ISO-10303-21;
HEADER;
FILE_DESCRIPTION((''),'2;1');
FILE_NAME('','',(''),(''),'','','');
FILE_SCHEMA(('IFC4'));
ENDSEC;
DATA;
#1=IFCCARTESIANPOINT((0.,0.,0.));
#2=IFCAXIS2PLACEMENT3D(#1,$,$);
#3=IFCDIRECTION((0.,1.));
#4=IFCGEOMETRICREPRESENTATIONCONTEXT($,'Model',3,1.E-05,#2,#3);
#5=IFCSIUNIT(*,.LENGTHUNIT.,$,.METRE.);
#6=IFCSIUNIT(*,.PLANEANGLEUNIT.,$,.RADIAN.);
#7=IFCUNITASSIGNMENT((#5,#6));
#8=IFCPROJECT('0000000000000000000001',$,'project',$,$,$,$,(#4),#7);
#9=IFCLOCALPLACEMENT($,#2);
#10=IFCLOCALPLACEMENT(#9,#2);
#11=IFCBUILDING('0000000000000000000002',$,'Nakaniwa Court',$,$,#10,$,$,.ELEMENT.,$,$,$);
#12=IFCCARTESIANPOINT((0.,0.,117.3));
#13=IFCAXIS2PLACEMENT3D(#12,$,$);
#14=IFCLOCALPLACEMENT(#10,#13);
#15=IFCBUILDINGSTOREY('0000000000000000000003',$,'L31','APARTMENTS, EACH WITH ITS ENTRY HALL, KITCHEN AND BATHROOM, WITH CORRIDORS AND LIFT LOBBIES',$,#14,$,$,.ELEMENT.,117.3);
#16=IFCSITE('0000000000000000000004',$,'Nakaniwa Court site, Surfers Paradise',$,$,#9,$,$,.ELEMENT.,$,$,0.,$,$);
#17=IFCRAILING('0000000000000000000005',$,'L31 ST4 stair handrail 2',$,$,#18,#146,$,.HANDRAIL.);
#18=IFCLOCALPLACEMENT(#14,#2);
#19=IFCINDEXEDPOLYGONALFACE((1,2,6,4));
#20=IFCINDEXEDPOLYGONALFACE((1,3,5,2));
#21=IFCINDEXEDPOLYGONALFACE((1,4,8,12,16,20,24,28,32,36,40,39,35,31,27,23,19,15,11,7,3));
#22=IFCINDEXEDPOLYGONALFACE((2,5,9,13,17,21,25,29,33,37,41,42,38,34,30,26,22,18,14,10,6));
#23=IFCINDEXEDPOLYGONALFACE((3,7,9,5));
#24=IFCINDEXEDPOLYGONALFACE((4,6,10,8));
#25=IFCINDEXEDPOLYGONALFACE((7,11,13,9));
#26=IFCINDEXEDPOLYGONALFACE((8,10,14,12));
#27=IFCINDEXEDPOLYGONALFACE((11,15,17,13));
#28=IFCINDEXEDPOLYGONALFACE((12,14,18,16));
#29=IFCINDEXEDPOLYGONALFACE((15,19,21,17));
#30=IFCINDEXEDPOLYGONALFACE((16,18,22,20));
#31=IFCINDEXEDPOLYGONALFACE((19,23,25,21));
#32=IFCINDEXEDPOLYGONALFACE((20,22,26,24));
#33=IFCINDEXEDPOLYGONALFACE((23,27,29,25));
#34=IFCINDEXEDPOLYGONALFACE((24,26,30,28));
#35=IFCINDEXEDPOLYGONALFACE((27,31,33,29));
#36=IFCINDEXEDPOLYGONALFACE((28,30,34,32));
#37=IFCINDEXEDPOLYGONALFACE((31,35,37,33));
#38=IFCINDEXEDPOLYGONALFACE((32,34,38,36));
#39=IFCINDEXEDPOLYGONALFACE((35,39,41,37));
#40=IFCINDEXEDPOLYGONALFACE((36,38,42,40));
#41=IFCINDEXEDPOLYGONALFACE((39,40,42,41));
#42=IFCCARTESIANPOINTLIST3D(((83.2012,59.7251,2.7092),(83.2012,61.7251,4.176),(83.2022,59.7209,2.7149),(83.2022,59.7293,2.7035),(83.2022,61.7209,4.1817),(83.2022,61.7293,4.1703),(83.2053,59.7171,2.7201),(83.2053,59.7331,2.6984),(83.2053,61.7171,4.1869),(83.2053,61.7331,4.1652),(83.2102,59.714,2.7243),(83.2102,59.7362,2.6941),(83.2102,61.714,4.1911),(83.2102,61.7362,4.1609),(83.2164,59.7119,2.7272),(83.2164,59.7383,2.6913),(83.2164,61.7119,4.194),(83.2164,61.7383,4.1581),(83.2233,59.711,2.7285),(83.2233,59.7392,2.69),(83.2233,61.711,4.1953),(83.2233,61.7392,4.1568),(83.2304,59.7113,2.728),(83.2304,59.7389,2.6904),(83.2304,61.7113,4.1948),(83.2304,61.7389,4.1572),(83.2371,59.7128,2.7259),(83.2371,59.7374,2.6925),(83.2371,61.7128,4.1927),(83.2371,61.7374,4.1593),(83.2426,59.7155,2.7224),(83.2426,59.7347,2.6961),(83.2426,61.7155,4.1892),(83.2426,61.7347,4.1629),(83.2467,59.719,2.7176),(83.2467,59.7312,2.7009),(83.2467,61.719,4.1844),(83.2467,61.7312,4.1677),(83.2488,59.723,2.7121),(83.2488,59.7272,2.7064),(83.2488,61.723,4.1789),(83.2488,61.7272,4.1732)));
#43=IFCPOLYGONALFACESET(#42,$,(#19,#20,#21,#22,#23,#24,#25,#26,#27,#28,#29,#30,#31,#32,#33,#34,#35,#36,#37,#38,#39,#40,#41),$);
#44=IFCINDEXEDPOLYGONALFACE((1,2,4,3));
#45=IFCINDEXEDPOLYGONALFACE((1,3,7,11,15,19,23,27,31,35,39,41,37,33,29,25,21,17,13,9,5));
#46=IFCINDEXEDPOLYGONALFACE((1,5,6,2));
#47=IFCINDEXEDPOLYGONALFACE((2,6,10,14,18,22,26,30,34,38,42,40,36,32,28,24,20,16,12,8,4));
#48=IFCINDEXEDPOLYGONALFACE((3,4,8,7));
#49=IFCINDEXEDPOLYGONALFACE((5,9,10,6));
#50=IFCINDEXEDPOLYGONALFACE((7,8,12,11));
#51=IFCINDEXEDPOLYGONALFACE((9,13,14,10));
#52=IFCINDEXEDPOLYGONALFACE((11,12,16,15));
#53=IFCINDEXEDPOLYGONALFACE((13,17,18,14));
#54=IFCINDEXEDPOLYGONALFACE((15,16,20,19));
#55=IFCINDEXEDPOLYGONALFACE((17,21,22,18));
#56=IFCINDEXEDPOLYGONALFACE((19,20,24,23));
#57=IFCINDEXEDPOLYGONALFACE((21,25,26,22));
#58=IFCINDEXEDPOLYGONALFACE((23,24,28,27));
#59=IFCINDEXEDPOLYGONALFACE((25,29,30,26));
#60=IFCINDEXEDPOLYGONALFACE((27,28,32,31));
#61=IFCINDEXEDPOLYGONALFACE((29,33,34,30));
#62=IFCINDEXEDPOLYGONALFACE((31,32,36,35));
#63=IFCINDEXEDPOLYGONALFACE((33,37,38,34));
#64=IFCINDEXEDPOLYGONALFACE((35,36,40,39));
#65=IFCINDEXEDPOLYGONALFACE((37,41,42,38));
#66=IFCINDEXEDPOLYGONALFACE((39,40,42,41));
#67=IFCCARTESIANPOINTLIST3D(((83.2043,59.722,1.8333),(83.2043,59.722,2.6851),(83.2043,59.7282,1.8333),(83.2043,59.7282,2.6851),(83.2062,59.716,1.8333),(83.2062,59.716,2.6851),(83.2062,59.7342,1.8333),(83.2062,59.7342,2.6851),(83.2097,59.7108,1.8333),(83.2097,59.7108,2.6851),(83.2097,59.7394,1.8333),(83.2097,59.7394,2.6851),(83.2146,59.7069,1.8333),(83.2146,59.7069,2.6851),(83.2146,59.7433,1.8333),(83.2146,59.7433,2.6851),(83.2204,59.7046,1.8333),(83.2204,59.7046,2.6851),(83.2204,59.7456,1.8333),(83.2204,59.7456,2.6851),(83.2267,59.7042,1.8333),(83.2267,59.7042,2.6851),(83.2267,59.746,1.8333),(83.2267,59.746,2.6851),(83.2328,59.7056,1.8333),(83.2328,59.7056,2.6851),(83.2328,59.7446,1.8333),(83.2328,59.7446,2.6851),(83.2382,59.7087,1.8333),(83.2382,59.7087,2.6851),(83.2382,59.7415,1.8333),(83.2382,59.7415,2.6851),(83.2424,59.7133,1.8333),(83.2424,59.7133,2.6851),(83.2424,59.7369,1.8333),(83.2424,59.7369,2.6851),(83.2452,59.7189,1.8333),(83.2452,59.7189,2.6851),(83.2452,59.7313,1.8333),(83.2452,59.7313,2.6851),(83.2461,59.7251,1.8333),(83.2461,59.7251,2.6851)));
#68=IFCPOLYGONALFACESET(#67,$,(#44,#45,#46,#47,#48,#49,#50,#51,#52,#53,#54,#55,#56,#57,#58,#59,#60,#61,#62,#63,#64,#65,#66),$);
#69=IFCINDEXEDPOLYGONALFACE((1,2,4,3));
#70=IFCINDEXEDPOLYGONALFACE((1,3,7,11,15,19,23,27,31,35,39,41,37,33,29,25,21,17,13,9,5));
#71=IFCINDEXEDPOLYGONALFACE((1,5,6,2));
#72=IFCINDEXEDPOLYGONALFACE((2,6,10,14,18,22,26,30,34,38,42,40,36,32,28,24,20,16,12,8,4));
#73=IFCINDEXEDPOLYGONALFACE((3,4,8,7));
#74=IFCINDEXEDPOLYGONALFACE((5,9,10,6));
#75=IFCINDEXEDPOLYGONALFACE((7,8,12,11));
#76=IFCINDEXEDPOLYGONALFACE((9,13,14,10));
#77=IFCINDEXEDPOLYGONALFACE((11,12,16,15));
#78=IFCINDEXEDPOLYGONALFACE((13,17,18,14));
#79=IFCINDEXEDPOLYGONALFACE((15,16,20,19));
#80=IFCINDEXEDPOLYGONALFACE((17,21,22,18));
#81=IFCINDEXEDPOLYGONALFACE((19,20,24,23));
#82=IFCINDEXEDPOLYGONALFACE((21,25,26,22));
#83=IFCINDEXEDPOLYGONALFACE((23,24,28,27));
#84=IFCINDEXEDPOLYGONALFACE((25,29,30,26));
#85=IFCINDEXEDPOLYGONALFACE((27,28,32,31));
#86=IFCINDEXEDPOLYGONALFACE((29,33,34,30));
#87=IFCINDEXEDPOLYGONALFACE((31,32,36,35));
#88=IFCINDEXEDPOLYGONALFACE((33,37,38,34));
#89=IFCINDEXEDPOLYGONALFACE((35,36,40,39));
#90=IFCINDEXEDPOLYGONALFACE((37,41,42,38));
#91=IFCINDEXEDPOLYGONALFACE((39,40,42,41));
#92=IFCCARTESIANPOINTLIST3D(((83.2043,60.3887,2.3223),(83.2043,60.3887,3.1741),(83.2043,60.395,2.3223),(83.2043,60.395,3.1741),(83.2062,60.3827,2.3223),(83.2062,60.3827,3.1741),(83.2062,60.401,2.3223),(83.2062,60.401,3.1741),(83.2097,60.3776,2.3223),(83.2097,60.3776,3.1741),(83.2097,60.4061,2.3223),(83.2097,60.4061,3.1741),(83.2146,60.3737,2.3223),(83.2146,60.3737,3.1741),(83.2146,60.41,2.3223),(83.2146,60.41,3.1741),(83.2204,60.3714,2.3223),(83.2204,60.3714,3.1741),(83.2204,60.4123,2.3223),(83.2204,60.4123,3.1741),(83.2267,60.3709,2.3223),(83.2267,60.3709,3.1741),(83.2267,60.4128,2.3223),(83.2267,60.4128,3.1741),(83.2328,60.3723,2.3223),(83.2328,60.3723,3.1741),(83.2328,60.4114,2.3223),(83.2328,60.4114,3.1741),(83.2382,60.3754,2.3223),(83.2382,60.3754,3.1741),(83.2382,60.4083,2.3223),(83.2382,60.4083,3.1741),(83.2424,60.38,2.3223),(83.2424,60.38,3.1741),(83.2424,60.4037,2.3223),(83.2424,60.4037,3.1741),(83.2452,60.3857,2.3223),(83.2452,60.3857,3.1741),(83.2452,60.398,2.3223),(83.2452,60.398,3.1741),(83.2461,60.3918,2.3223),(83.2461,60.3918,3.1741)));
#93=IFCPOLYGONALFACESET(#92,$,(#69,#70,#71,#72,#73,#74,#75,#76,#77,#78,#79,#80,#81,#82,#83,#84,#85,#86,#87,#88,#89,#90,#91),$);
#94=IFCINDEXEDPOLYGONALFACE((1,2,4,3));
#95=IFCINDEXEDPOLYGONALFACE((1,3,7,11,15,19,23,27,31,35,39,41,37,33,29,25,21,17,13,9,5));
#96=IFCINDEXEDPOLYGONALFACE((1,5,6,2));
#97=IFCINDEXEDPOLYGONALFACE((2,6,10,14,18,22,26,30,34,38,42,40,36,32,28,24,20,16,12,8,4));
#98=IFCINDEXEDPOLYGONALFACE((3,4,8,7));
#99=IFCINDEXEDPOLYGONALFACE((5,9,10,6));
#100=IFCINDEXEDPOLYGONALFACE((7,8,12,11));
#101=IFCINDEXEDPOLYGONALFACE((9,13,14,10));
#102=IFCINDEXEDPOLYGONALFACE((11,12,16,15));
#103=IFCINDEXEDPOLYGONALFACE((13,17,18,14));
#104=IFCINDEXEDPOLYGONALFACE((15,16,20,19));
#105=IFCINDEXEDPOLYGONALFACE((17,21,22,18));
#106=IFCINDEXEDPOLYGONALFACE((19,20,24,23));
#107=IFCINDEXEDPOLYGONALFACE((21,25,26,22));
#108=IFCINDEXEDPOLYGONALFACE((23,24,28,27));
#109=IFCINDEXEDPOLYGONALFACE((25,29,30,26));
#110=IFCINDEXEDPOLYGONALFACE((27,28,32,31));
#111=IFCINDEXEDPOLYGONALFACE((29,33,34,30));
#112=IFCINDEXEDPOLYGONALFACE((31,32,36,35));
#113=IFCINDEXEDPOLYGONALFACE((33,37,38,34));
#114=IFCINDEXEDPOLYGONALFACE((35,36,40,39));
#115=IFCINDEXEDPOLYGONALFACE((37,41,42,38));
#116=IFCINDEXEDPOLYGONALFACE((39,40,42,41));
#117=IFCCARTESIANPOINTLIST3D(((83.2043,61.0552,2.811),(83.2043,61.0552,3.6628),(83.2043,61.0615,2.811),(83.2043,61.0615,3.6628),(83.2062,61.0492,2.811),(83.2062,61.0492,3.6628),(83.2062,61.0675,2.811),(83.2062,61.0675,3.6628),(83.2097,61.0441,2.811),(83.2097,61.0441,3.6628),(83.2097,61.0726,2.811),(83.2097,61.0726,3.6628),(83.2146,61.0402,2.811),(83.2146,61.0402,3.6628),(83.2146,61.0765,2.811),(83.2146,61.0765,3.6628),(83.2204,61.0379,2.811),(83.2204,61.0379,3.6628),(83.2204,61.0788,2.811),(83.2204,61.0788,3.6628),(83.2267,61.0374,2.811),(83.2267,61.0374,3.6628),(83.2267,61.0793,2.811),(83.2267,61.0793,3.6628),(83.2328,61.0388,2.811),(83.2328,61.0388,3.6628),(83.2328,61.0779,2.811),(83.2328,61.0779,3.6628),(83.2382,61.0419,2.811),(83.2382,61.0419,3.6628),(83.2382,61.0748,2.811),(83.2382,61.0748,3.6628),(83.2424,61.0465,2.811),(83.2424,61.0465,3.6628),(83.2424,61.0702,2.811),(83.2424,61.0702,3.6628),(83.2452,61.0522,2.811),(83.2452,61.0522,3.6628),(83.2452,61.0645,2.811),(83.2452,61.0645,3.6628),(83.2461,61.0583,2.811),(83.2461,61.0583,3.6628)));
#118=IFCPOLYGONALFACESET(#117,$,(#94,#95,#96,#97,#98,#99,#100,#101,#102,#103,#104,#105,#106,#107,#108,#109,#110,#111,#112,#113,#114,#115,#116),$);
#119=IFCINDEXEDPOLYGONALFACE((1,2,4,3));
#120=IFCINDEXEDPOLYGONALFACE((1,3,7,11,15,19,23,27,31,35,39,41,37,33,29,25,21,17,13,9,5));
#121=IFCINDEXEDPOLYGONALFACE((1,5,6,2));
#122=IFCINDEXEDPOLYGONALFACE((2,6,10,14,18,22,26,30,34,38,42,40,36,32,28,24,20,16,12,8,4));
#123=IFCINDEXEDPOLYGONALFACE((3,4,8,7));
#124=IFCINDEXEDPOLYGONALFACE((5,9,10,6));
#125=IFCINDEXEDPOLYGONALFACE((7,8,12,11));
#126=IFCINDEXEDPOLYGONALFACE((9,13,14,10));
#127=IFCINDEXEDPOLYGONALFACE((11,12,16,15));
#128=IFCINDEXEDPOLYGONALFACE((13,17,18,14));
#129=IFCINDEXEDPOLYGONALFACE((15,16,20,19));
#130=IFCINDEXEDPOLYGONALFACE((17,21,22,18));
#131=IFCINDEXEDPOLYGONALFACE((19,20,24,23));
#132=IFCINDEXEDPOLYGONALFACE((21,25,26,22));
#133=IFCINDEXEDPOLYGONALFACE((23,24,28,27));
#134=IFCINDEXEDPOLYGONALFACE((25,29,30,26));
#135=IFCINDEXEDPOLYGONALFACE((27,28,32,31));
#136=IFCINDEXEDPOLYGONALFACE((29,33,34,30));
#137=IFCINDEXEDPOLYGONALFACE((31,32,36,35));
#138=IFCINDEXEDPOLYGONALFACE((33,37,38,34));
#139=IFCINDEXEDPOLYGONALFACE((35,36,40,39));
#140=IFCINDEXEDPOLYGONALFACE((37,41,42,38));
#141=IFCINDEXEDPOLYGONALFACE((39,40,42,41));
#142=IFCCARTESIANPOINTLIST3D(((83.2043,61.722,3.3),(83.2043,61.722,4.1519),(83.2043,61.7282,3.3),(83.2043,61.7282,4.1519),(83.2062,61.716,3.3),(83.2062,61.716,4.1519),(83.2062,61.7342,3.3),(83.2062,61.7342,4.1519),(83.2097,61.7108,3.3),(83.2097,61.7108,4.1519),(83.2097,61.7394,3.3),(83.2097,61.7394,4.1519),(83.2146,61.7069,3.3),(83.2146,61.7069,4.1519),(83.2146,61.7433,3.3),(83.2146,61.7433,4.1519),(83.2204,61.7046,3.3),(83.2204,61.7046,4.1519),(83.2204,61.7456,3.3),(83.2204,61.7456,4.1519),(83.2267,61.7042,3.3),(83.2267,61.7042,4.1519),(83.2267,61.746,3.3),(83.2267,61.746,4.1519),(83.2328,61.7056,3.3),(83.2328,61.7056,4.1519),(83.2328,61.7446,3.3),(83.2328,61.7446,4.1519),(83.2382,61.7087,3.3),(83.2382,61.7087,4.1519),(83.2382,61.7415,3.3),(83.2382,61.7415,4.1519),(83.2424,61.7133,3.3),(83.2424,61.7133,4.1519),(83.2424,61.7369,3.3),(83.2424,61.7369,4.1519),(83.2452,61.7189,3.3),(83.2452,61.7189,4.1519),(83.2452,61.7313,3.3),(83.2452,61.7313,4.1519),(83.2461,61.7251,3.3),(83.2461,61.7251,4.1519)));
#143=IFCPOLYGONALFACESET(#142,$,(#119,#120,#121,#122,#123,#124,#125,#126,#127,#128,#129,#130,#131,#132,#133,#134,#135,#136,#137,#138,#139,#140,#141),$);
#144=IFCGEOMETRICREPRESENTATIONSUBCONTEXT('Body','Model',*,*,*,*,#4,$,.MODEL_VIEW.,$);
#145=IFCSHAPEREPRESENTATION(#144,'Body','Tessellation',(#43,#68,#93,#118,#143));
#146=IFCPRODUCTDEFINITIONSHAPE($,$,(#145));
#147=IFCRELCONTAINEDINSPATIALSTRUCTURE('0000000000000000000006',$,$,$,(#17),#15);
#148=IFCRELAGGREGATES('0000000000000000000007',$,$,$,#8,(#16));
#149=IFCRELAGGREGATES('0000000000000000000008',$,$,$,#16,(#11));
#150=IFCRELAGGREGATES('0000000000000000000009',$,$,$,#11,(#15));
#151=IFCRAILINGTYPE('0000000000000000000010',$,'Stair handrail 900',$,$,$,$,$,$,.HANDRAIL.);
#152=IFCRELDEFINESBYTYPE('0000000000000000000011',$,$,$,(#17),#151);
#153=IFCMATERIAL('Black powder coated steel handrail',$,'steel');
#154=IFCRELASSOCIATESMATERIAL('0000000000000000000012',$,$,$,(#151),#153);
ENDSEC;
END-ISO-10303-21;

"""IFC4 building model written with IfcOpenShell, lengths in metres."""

from ifc_helpers import new_model, si_unit, direction, frame, origin, origin_2d, place, context, subcontext, project, spatial, circle, extrude, material, type_object, element, save


model = new_model("IFC4")

# Units and contexts
model_context = context("Model", 3, precision=1e-05, world=origin(), true_north=direction((0.0, 1.0)))
body_context = subcontext(model_context, "Body", "Model", "MODEL_VIEW")
ifc_project = project(units=[si_unit("LENGTHUNIT", "METRE"), si_unit("PLANEANGLEUNIT", "RADIAN")], contexts=[model_context])

# Site, building, storey
site_placement = place(None, origin())
site = spatial("IfcSite", under=ifc_project, at=site_placement, Name="Nakaniwa Court site, Surfers Paradise", CompositionType="ELEMENT", RefElevation=0.0)
building_placement = place(site_placement, origin())
building = spatial("IfcBuilding", under=site, at=building_placement, Name="Nakaniwa Court", CompositionType="ELEMENT")
storey_placement = place(building_placement, frame((0.0, 0.0, 117.3)))
storey = spatial("IfcBuildingStorey", under=building, at=storey_placement, Name="L31", Description="APARTMENTS, EACH WITH ITS ENTRY HALL, KITCHEN AND BATHROOM, WITH CORRIDORS AND LIFT LOBBIES", CompositionType="ELEMENT", Elevation=117.3)

# Railing
ifc_material_1 = material(Name="Black powder coated steel handrail", Category="steel")
railing_type_1 = type_object("IfcRailingType", Name="Stair handrail 900", PredefinedType="HANDRAIL", material=ifc_material_1)
railing_1_placement = place(storey_placement, frame((83.2251, 59.7251, 1.8333)))
element("IfcRailing", 1, at=railing_1_placement, inside=storey, type_object=railing_type_1, Name="L31 ST4 stair handrail 2", PredefinedType="HANDRAIL", context=body_context, shape_type="SweptSolid", body=[
    extrude(circle(Radius=0.0239, at=origin_2d()), frame((0.0, 0.0, 0.876), z_axis=(0.0, 0.80638, 0.591398), x_axis=(-1.0, 0.0, 0.0)), (0.0, 0.0, 1.0), 2.4802),
    extrude(circle(Radius=0.021, at=origin_2d()), origin(), (0.0, 0.0, 1.0), 0.8518),
    extrude(circle(Radius=0.021, at=origin_2d()), frame((0.0, 0.6667, 0.489)), (0.0, 0.0, 1.0), 0.8518),
    extrude(circle(Radius=0.021, at=origin_2d()), frame((0.0, 1.3333, 0.9778)), (0.0, 0.0, 1.0), 0.8518),
    extrude(circle(Radius=0.021, at=origin_2d()), frame((0.0, 2.0, 1.4668)), (0.0, 0.0, 1.0), 0.8518),
])

save(model, "model.ifc")
